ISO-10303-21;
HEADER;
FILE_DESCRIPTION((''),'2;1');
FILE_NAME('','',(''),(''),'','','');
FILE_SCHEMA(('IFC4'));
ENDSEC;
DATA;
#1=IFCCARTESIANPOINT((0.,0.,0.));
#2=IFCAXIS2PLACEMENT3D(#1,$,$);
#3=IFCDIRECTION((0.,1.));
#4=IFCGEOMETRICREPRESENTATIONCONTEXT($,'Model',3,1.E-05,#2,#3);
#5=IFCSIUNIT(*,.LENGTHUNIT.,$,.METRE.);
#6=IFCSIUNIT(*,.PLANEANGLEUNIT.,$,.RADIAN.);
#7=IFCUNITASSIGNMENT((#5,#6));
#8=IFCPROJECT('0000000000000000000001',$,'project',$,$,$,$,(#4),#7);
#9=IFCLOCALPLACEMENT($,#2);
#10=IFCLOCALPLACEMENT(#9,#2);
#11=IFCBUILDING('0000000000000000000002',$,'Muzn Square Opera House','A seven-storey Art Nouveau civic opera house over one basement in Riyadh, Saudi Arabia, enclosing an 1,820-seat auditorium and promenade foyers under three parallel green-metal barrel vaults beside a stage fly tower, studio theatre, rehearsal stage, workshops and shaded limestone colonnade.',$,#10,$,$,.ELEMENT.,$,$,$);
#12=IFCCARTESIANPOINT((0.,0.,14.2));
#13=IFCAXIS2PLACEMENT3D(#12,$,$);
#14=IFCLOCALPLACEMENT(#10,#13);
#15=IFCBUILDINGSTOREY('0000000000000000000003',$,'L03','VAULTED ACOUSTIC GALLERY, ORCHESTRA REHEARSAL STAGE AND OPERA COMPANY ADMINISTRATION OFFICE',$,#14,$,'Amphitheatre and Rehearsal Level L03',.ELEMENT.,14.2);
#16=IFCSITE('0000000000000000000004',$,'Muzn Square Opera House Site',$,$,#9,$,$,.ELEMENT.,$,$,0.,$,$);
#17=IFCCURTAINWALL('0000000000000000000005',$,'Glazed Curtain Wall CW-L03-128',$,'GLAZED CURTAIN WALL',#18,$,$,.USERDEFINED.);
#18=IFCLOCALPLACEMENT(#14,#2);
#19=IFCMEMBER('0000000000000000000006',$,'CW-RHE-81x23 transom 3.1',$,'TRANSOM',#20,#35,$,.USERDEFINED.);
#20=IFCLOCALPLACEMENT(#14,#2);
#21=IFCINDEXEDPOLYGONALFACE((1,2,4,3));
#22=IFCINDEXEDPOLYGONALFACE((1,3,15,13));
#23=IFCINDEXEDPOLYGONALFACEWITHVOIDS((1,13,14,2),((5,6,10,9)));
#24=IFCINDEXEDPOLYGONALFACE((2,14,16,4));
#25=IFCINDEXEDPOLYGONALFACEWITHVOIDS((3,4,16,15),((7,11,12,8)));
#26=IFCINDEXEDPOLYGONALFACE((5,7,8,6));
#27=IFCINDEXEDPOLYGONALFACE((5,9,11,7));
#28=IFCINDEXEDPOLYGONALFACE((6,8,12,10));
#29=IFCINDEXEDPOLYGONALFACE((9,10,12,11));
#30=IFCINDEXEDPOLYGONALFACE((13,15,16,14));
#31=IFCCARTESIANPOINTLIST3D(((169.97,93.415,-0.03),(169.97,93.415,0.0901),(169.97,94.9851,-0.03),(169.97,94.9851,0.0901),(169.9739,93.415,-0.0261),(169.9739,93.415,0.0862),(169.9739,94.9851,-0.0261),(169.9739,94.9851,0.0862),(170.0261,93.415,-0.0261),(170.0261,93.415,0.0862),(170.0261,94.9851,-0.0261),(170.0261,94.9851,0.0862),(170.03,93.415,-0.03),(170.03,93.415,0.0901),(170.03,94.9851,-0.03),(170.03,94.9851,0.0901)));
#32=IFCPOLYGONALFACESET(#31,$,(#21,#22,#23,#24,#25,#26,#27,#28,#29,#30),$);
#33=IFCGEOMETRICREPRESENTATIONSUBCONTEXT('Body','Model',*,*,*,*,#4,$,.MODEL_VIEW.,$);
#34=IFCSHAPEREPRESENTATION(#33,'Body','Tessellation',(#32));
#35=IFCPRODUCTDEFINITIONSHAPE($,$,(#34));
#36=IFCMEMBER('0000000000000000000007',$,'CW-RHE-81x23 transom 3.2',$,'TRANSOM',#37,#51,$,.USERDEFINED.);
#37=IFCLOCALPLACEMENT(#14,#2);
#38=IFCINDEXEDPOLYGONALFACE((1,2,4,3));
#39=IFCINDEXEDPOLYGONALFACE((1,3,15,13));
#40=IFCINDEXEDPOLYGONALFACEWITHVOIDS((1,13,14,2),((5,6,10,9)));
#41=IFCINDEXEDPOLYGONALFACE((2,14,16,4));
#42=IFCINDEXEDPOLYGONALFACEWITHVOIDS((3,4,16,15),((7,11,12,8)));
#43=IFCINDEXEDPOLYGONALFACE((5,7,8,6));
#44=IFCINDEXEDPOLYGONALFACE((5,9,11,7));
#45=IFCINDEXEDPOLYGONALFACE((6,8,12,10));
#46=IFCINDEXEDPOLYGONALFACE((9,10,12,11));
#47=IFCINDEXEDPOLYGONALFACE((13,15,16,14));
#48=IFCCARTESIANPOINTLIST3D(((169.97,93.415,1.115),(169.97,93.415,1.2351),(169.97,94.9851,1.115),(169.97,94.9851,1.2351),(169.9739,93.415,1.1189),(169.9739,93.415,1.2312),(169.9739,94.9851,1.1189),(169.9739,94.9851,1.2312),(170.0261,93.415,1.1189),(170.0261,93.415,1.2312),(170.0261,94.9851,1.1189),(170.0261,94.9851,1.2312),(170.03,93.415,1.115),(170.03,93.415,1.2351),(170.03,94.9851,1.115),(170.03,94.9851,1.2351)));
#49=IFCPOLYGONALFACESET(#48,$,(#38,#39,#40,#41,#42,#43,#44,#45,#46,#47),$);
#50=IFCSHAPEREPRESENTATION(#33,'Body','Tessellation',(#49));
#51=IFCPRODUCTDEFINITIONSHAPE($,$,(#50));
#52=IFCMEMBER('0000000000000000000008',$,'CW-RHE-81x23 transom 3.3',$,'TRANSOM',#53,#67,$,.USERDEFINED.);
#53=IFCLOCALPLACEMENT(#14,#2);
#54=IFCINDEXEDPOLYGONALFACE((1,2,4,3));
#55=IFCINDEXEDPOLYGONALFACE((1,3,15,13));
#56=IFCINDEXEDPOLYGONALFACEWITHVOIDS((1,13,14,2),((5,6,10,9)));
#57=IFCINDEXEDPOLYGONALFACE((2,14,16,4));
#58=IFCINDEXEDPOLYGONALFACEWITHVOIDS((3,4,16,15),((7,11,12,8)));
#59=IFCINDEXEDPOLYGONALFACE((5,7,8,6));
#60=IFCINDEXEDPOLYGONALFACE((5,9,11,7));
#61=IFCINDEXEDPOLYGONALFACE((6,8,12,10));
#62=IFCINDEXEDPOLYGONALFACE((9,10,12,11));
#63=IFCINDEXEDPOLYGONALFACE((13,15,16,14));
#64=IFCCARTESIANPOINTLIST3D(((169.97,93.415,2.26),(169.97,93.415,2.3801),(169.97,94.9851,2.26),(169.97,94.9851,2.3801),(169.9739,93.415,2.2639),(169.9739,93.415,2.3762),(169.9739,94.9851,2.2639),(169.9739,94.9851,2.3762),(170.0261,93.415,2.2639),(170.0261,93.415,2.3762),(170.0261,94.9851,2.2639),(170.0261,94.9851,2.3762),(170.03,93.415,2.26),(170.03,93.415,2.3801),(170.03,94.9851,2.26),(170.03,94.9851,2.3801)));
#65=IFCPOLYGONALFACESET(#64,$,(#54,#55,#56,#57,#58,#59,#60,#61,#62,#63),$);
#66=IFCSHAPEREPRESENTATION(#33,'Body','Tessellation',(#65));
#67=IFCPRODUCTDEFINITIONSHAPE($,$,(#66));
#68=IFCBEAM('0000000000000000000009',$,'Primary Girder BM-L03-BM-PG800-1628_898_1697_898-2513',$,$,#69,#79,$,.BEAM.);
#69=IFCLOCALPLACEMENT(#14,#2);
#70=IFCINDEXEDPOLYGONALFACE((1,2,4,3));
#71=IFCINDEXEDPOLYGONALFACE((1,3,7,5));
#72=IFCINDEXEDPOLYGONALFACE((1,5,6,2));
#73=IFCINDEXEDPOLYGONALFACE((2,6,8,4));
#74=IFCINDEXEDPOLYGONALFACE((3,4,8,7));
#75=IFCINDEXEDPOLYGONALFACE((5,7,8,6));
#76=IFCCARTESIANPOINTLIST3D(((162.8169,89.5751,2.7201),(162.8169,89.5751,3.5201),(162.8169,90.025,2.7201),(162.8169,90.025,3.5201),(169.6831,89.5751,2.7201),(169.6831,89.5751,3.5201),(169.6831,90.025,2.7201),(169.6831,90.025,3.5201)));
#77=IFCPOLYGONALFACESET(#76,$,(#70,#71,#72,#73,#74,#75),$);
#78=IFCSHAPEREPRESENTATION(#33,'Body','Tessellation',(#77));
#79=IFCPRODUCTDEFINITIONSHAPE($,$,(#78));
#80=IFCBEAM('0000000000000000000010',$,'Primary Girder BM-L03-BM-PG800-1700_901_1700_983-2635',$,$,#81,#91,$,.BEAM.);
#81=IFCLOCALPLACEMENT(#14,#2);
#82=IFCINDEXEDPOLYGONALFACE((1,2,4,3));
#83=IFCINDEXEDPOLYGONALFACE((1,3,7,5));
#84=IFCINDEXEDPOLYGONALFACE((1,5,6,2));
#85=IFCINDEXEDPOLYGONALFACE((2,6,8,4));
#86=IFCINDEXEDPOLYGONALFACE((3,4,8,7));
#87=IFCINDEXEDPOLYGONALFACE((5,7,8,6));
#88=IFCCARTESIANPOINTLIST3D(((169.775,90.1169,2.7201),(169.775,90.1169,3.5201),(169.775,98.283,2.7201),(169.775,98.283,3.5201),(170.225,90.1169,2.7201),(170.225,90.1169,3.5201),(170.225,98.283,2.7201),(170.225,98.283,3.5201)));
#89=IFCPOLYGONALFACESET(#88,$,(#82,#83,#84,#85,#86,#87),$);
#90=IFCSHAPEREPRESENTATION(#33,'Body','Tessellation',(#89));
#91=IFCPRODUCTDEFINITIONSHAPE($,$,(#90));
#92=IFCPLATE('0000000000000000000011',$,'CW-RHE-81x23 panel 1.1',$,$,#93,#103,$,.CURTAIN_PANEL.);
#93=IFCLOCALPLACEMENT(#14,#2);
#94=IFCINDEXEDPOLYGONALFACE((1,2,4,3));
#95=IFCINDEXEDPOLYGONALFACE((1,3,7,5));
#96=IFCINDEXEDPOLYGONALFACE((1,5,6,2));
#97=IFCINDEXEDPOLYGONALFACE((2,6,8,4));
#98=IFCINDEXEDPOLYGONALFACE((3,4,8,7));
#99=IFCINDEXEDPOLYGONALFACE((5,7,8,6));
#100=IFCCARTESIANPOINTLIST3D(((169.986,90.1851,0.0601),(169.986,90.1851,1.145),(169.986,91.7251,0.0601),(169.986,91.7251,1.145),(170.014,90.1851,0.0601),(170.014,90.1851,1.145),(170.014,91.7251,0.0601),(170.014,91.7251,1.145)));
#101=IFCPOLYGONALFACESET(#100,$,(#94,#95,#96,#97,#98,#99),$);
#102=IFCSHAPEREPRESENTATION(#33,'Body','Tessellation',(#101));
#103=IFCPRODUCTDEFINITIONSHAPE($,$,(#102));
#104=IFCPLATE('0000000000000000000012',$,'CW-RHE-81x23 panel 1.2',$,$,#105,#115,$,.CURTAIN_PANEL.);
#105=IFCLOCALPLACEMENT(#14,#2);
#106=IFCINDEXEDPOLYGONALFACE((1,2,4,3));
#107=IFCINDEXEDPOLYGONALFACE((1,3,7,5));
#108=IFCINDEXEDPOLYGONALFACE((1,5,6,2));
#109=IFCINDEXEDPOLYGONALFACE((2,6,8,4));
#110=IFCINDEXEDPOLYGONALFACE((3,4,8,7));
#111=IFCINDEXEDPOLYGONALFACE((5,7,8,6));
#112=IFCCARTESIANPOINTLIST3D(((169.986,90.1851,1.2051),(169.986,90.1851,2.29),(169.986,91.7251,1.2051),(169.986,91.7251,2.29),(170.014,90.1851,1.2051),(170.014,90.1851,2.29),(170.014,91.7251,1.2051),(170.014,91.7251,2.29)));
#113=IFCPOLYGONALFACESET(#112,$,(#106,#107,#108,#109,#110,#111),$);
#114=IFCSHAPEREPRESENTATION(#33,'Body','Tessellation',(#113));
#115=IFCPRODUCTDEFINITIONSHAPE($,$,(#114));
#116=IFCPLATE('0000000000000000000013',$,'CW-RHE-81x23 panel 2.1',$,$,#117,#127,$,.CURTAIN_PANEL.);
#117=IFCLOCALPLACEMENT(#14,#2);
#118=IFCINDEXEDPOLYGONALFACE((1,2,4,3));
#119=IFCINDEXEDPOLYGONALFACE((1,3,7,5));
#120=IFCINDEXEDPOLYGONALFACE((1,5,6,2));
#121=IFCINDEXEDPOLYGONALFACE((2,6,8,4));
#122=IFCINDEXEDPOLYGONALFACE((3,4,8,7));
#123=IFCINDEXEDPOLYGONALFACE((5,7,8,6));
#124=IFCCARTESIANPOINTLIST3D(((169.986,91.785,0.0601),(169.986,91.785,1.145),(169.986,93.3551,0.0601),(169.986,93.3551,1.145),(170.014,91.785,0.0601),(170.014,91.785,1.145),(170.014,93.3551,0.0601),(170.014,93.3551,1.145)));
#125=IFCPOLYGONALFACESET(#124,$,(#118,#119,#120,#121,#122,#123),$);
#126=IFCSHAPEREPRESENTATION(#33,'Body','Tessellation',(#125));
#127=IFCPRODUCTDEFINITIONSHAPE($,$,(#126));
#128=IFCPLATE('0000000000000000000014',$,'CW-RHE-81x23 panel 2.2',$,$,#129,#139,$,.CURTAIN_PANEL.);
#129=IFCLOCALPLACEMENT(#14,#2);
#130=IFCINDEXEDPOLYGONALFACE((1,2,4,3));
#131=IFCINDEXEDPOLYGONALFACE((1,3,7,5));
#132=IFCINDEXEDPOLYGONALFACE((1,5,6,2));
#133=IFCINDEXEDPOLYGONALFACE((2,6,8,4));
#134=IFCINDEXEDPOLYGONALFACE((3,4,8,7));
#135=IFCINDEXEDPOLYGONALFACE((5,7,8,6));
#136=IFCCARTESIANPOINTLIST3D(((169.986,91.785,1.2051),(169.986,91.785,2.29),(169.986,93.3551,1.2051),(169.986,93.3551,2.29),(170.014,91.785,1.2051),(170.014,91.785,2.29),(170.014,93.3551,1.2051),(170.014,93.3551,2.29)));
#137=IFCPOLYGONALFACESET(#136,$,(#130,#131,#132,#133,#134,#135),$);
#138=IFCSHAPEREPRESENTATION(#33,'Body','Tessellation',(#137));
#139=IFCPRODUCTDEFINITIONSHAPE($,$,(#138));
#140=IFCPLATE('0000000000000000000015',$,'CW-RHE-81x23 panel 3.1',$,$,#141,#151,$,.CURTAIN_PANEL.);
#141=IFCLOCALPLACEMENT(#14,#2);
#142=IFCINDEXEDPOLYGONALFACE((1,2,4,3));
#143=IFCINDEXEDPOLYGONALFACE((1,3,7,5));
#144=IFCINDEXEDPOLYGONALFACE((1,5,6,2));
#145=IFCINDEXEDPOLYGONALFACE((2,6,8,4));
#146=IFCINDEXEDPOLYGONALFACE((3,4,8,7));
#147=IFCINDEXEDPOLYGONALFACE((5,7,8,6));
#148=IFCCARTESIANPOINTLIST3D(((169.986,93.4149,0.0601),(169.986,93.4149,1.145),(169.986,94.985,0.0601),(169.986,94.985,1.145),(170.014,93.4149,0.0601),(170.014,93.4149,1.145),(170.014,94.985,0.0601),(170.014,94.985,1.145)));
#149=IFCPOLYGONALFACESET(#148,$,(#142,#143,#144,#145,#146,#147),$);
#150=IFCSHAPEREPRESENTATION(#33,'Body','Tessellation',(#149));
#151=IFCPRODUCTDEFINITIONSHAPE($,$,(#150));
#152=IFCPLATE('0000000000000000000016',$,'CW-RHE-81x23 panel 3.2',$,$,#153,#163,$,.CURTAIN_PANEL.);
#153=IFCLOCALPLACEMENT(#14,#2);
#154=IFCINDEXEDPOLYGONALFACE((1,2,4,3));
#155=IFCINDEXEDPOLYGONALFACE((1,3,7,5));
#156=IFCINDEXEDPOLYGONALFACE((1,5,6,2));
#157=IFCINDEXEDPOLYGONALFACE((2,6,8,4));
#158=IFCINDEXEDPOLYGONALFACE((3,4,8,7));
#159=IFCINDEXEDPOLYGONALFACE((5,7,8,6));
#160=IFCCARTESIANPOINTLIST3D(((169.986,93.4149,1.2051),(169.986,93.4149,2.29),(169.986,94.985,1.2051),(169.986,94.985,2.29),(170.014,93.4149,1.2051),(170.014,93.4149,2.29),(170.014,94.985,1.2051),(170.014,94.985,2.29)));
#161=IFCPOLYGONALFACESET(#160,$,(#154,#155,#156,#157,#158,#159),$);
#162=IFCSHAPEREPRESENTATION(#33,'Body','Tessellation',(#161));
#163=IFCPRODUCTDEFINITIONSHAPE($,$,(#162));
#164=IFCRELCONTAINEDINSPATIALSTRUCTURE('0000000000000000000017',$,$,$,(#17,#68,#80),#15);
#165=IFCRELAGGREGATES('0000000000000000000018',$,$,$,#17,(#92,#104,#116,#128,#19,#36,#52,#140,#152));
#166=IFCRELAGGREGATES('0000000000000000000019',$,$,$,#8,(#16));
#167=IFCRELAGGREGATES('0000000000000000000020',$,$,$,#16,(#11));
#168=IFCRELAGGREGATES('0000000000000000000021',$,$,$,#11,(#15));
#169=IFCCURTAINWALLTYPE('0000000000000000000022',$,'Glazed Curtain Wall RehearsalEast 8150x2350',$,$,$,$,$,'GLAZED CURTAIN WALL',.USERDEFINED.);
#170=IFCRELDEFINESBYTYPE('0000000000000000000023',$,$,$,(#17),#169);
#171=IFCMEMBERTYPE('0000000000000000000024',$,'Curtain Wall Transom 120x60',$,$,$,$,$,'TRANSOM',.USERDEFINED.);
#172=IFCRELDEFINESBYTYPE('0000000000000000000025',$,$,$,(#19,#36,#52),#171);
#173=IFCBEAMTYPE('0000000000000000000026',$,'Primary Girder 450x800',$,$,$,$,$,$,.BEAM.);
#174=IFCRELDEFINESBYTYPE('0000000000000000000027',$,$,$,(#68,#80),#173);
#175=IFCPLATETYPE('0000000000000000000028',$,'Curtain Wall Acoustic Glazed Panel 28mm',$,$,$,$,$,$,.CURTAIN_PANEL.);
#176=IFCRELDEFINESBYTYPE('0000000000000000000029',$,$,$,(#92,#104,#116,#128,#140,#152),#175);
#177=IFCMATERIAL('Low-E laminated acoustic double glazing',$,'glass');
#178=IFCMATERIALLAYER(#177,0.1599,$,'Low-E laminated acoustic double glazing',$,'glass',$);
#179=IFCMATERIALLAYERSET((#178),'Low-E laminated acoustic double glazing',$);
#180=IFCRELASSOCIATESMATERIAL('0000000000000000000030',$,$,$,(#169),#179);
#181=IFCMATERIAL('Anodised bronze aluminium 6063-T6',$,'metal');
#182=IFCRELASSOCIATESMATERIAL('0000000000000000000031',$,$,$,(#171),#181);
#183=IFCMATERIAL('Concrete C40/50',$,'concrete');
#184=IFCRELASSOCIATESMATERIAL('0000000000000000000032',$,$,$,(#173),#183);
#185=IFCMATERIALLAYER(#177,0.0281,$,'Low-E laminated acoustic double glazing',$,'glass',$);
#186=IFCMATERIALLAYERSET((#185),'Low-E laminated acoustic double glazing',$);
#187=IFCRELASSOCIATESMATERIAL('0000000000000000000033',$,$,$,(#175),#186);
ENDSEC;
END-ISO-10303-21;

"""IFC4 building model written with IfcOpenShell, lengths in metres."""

from ifc_helpers import new_model, si_unit, direction, frame, origin, origin_2d, place, context, subcontext, project, spatial, rectangle, hollow_rectangle, extrude, material, layer, layer_set, material_profile, profile_set, type_object, element, aggregate, save


model = new_model("IFC4")

# Units and contexts
model_context = context("Model", 3, precision=1e-05, world=origin(), true_north=direction((0.0, 1.0)))
body_context = subcontext(model_context, "Body", "Model", "MODEL_VIEW")
ifc_project = project(units=[si_unit("LENGTHUNIT", "METRE"), si_unit("PLANEANGLEUNIT", "RADIAN")], contexts=[model_context])

# Site, building, storey
site_placement = place(None, origin())
site = spatial("IfcSite", under=ifc_project, at=site_placement, Name="Muzn Square Opera House Site", CompositionType="ELEMENT", RefElevation=0.0)
building_placement = place(site_placement, origin())
building = spatial("IfcBuilding", under=site, at=building_placement, Name="Muzn Square Opera House", Description="A seven-storey Art Nouveau civic opera house over one basement in Riyadh, Saudi Arabia, enclosing an 1,820-seat auditorium and promenade foyers under three parallel green-metal barrel vaults beside a stage fly tower, studio theatre, rehearsal stage, workshops and shaded limestone colonnade.", CompositionType="ELEMENT")
storey_placement = place(building_placement, frame((0.0, 0.0, 14.2)))
storey = spatial("IfcBuildingStorey", under=building, at=storey_placement, Name="L03", Description="VAULTED ACOUSTIC GALLERY, ORCHESTRA REHEARSAL STAGE AND OPERA COMPANY ADMINISTRATION OFFICE", LongName="Amphitheatre and Rehearsal Level L03", CompositionType="ELEMENT", Elevation=14.2)

# Curtain wall, members
ifc_material_1 = material(Name="Low-E laminated acoustic double glazing", Category="glass")
ifc_layer_1 = layer(ifc_material_1, 0.1599, Name="Low-E laminated acoustic double glazing", Category="glass")
ifc_layer_set_1 = layer_set([ifc_layer_1], Name="Low-E laminated acoustic double glazing")
curtain_wall_type = type_object("IfcCurtainWallType", Name="Glazed Curtain Wall RehearsalEast 8150x2350", ElementType="GLAZED CURTAIN WALL", PredefinedType="USERDEFINED", material=ifc_layer_set_1)
curtain_wall_placement = place(storey_placement, origin())
curtain_wall = element("IfcCurtainWall", 1, at=curtain_wall_placement, inside=storey, type_object=curtain_wall_type, Name="Glazed Curtain Wall CW-L03-128", ObjectType="GLAZED CURTAIN WALL", PredefinedType="USERDEFINED")
ifc_material_2 = material(Name="Anodised bronze aluminium 6063-T6", Category="metal")
ifc_material_profile_1 = material_profile(ifc_material_2, hollow_rectangle(XDim=0.0601, YDim=0.1201, WallThickness=0.0039, at=origin_2d()), Name="ALU 120x60x4", Category="metal")
ifc_profile_set_1 = profile_set([ifc_material_profile_1], Name="Anodised bronze aluminium 6063-T6")
member_type_1 = type_object("IfcMemberType", Name="Curtain Wall Transom 120x60", ElementType="TRANSOM", PredefinedType="USERDEFINED", material=ifc_profile_set_1)
member_1_placement = place(storey_placement, frame((170.0, 93.415, 0.03), z_axis=(0.0, 1.0, 0.0), x_axis=(-1.0, 0.0, 0.0)))
member_1 = element("IfcMember", 2, at=member_1_placement, type_object=member_type_1, Name="CW-RHE-81x23 transom 3.1", ObjectType="TRANSOM", PredefinedType="USERDEFINED", context=body_context, shape_type="SweptSolid", body=[
    extrude(hollow_rectangle(XDim=0.0601, YDim=0.1201, WallThickness=0.0039, at=origin_2d()), origin(), (0.0, 0.0, 1.0), 1.5701),
])
member_2_placement = place(storey_placement, frame((170.0, 93.415, 1.175), z_axis=(0.0, 1.0, 0.0), x_axis=(-1.0, 0.0, 0.0)))
member_2 = element("IfcMember", 3, at=member_2_placement, type_object=member_type_1, Name="CW-RHE-81x23 transom 3.2", ObjectType="TRANSOM", PredefinedType="USERDEFINED", context=body_context, shape_type="SweptSolid", body=[
    extrude(hollow_rectangle(XDim=0.0601, YDim=0.1201, WallThickness=0.0039, at=origin_2d()), origin(), (0.0, 0.0, 1.0), 1.5701),
])
member_3_placement = place(storey_placement, frame((170.0, 93.415, 2.3201), z_axis=(0.0, 1.0, 0.0), x_axis=(-1.0, 0.0, 0.0)))
member_3 = element("IfcMember", 4, at=member_3_placement, type_object=member_type_1, Name="CW-RHE-81x23 transom 3.3", ObjectType="TRANSOM", PredefinedType="USERDEFINED", context=body_context, shape_type="SweptSolid", body=[
    extrude(hollow_rectangle(XDim=0.0601, YDim=0.1201, WallThickness=0.0039, at=origin_2d()), origin(), (0.0, 0.0, 1.0), 1.5701),
])

# Beams
ifc_material_3 = material(Name="Concrete C40/50", Category="concrete")
ifc_material_profile_2 = material_profile(ifc_material_3, rectangle(XDim=0.45, YDim=0.8, at=origin_2d()), Name="RCB 450x800", Category="concrete")
ifc_profile_set_2 = profile_set([ifc_material_profile_2], Name="Concrete C40/50")
beam_type = type_object("IfcBeamType", Name="Primary Girder 450x800", PredefinedType="BEAM", material=ifc_profile_set_2)
beam_1_placement = place(storey_placement, frame((162.8169, 89.8, 3.1201), z_axis=(1.0, 0.0, 0.0), x_axis=(0.0, 1.0, 0.0)))
element("IfcBeam", 5, at=beam_1_placement, inside=storey, type_object=beam_type, Name="Primary Girder BM-L03-BM-PG800-1628_898_1697_898-2513", PredefinedType="BEAM", context=body_context, shape_type="SweptSolid", body=[
    extrude(rectangle(XDim=0.45, YDim=0.8, at=origin_2d()), origin(), (0.0, 0.0, 1.0), 6.8662),
])
beam_2_placement = place(storey_placement, frame((170.0, 90.1169, 3.1201), z_axis=(0.0, 1.0, 0.0), x_axis=(-1.0, 0.0, 0.0)))
element("IfcBeam", 6, at=beam_2_placement, inside=storey, type_object=beam_type, Name="Primary Girder BM-L03-BM-PG800-1700_901_1700_983-2635", PredefinedType="BEAM", context=body_context, shape_type="SweptSolid", body=[
    extrude(rectangle(XDim=0.45, YDim=0.8, at=origin_2d()), origin(), (0.0, 0.0, 1.0), 8.166),
])

# Plates
ifc_layer_2 = layer(ifc_material_1, 0.0281, Name="Low-E laminated acoustic double glazing", Category="glass")
ifc_layer_set_2 = layer_set([ifc_layer_2], Name="Low-E laminated acoustic double glazing")
plate_type = type_object("IfcPlateType", Name="Curtain Wall Acoustic Glazed Panel 28mm", PredefinedType="CURTAIN_PANEL", material=ifc_layer_set_2)
plate_1_placement = place(storey_placement, frame((170.0, 90.9551, 0.0601), z_axis=(0.0, 0.0, 1.0), x_axis=(0.0, 1.0, 0.0)))
plate_1 = element("IfcPlate", 7, at=plate_1_placement, type_object=plate_type, Name="CW-RHE-81x23 panel 1.1", PredefinedType="CURTAIN_PANEL", context=body_context, shape_type="SweptSolid", body=[
    extrude(rectangle(XDim=1.54, YDim=0.0281, at=origin_2d()), origin(), (0.0, 0.0, 1.0), 1.085),
])
plate_2_placement = place(storey_placement, frame((170.0, 90.9551, 1.2051), z_axis=(0.0, 0.0, 1.0), x_axis=(0.0, 1.0, 0.0)))
plate_2 = element("IfcPlate", 8, at=plate_2_placement, type_object=plate_type, Name="CW-RHE-81x23 panel 1.2", PredefinedType="CURTAIN_PANEL", context=body_context, shape_type="SweptSolid", body=[
    extrude(rectangle(XDim=1.54, YDim=0.0281, at=origin_2d()), origin(), (0.0, 0.0, 1.0), 1.085),
])
plate_3_placement = place(storey_placement, frame((170.0, 92.5701, 0.0601), z_axis=(0.0, 0.0, 1.0), x_axis=(0.0, 1.0, 0.0)))
plate_3 = element("IfcPlate", 9, at=plate_3_placement, type_object=plate_type, Name="CW-RHE-81x23 panel 2.1", PredefinedType="CURTAIN_PANEL", context=body_context, shape_type="SweptSolid", body=[
    extrude(rectangle(XDim=1.5701, YDim=0.0281, at=origin_2d()), origin(), (0.0, 0.0, 1.0), 1.085),
])
plate_4_placement = place(storey_placement, frame((170.0, 92.5701, 1.2051), z_axis=(0.0, 0.0, 1.0), x_axis=(0.0, 1.0, 0.0)))
plate_4 = element("IfcPlate", 10, at=plate_4_placement, type_object=plate_type, Name="CW-RHE-81x23 panel 2.2", PredefinedType="CURTAIN_PANEL", context=body_context, shape_type="SweptSolid", body=[
    extrude(rectangle(XDim=1.5701, YDim=0.0281, at=origin_2d()), origin(), (0.0, 0.0, 1.0), 1.085),
])
plate_5_placement = place(storey_placement, frame((170.0, 94.2, 0.0601), z_axis=(0.0, 0.0, 1.0), x_axis=(0.0, 1.0, 0.0)))
plate_5 = element("IfcPlate", 11, at=plate_5_placement, type_object=plate_type, Name="CW-RHE-81x23 panel 3.1", PredefinedType="CURTAIN_PANEL", context=body_context, shape_type="SweptSolid", body=[
    extrude(rectangle(XDim=1.5701, YDim=0.0281, at=origin_2d()), origin(), (0.0, 0.0, 1.0), 1.085),
])
plate_6_placement = place(storey_placement, frame((170.0, 94.2, 1.2051), z_axis=(0.0, 0.0, 1.0), x_axis=(0.0, 1.0, 0.0)))
plate_6 = element("IfcPlate", 12, at=plate_6_placement, type_object=plate_type, Name="CW-RHE-81x23 panel 3.2", PredefinedType="CURTAIN_PANEL", context=body_context, shape_type="SweptSolid", body=[
    extrude(rectangle(XDim=1.5701, YDim=0.0281, at=origin_2d()), origin(), (0.0, 0.0, 1.0), 1.085),
])
aggregate(curtain_wall, [plate_1, plate_2, plate_3, plate_4, member_1, member_2, member_3, plate_5, plate_6])

save(model, "model.ifc")
